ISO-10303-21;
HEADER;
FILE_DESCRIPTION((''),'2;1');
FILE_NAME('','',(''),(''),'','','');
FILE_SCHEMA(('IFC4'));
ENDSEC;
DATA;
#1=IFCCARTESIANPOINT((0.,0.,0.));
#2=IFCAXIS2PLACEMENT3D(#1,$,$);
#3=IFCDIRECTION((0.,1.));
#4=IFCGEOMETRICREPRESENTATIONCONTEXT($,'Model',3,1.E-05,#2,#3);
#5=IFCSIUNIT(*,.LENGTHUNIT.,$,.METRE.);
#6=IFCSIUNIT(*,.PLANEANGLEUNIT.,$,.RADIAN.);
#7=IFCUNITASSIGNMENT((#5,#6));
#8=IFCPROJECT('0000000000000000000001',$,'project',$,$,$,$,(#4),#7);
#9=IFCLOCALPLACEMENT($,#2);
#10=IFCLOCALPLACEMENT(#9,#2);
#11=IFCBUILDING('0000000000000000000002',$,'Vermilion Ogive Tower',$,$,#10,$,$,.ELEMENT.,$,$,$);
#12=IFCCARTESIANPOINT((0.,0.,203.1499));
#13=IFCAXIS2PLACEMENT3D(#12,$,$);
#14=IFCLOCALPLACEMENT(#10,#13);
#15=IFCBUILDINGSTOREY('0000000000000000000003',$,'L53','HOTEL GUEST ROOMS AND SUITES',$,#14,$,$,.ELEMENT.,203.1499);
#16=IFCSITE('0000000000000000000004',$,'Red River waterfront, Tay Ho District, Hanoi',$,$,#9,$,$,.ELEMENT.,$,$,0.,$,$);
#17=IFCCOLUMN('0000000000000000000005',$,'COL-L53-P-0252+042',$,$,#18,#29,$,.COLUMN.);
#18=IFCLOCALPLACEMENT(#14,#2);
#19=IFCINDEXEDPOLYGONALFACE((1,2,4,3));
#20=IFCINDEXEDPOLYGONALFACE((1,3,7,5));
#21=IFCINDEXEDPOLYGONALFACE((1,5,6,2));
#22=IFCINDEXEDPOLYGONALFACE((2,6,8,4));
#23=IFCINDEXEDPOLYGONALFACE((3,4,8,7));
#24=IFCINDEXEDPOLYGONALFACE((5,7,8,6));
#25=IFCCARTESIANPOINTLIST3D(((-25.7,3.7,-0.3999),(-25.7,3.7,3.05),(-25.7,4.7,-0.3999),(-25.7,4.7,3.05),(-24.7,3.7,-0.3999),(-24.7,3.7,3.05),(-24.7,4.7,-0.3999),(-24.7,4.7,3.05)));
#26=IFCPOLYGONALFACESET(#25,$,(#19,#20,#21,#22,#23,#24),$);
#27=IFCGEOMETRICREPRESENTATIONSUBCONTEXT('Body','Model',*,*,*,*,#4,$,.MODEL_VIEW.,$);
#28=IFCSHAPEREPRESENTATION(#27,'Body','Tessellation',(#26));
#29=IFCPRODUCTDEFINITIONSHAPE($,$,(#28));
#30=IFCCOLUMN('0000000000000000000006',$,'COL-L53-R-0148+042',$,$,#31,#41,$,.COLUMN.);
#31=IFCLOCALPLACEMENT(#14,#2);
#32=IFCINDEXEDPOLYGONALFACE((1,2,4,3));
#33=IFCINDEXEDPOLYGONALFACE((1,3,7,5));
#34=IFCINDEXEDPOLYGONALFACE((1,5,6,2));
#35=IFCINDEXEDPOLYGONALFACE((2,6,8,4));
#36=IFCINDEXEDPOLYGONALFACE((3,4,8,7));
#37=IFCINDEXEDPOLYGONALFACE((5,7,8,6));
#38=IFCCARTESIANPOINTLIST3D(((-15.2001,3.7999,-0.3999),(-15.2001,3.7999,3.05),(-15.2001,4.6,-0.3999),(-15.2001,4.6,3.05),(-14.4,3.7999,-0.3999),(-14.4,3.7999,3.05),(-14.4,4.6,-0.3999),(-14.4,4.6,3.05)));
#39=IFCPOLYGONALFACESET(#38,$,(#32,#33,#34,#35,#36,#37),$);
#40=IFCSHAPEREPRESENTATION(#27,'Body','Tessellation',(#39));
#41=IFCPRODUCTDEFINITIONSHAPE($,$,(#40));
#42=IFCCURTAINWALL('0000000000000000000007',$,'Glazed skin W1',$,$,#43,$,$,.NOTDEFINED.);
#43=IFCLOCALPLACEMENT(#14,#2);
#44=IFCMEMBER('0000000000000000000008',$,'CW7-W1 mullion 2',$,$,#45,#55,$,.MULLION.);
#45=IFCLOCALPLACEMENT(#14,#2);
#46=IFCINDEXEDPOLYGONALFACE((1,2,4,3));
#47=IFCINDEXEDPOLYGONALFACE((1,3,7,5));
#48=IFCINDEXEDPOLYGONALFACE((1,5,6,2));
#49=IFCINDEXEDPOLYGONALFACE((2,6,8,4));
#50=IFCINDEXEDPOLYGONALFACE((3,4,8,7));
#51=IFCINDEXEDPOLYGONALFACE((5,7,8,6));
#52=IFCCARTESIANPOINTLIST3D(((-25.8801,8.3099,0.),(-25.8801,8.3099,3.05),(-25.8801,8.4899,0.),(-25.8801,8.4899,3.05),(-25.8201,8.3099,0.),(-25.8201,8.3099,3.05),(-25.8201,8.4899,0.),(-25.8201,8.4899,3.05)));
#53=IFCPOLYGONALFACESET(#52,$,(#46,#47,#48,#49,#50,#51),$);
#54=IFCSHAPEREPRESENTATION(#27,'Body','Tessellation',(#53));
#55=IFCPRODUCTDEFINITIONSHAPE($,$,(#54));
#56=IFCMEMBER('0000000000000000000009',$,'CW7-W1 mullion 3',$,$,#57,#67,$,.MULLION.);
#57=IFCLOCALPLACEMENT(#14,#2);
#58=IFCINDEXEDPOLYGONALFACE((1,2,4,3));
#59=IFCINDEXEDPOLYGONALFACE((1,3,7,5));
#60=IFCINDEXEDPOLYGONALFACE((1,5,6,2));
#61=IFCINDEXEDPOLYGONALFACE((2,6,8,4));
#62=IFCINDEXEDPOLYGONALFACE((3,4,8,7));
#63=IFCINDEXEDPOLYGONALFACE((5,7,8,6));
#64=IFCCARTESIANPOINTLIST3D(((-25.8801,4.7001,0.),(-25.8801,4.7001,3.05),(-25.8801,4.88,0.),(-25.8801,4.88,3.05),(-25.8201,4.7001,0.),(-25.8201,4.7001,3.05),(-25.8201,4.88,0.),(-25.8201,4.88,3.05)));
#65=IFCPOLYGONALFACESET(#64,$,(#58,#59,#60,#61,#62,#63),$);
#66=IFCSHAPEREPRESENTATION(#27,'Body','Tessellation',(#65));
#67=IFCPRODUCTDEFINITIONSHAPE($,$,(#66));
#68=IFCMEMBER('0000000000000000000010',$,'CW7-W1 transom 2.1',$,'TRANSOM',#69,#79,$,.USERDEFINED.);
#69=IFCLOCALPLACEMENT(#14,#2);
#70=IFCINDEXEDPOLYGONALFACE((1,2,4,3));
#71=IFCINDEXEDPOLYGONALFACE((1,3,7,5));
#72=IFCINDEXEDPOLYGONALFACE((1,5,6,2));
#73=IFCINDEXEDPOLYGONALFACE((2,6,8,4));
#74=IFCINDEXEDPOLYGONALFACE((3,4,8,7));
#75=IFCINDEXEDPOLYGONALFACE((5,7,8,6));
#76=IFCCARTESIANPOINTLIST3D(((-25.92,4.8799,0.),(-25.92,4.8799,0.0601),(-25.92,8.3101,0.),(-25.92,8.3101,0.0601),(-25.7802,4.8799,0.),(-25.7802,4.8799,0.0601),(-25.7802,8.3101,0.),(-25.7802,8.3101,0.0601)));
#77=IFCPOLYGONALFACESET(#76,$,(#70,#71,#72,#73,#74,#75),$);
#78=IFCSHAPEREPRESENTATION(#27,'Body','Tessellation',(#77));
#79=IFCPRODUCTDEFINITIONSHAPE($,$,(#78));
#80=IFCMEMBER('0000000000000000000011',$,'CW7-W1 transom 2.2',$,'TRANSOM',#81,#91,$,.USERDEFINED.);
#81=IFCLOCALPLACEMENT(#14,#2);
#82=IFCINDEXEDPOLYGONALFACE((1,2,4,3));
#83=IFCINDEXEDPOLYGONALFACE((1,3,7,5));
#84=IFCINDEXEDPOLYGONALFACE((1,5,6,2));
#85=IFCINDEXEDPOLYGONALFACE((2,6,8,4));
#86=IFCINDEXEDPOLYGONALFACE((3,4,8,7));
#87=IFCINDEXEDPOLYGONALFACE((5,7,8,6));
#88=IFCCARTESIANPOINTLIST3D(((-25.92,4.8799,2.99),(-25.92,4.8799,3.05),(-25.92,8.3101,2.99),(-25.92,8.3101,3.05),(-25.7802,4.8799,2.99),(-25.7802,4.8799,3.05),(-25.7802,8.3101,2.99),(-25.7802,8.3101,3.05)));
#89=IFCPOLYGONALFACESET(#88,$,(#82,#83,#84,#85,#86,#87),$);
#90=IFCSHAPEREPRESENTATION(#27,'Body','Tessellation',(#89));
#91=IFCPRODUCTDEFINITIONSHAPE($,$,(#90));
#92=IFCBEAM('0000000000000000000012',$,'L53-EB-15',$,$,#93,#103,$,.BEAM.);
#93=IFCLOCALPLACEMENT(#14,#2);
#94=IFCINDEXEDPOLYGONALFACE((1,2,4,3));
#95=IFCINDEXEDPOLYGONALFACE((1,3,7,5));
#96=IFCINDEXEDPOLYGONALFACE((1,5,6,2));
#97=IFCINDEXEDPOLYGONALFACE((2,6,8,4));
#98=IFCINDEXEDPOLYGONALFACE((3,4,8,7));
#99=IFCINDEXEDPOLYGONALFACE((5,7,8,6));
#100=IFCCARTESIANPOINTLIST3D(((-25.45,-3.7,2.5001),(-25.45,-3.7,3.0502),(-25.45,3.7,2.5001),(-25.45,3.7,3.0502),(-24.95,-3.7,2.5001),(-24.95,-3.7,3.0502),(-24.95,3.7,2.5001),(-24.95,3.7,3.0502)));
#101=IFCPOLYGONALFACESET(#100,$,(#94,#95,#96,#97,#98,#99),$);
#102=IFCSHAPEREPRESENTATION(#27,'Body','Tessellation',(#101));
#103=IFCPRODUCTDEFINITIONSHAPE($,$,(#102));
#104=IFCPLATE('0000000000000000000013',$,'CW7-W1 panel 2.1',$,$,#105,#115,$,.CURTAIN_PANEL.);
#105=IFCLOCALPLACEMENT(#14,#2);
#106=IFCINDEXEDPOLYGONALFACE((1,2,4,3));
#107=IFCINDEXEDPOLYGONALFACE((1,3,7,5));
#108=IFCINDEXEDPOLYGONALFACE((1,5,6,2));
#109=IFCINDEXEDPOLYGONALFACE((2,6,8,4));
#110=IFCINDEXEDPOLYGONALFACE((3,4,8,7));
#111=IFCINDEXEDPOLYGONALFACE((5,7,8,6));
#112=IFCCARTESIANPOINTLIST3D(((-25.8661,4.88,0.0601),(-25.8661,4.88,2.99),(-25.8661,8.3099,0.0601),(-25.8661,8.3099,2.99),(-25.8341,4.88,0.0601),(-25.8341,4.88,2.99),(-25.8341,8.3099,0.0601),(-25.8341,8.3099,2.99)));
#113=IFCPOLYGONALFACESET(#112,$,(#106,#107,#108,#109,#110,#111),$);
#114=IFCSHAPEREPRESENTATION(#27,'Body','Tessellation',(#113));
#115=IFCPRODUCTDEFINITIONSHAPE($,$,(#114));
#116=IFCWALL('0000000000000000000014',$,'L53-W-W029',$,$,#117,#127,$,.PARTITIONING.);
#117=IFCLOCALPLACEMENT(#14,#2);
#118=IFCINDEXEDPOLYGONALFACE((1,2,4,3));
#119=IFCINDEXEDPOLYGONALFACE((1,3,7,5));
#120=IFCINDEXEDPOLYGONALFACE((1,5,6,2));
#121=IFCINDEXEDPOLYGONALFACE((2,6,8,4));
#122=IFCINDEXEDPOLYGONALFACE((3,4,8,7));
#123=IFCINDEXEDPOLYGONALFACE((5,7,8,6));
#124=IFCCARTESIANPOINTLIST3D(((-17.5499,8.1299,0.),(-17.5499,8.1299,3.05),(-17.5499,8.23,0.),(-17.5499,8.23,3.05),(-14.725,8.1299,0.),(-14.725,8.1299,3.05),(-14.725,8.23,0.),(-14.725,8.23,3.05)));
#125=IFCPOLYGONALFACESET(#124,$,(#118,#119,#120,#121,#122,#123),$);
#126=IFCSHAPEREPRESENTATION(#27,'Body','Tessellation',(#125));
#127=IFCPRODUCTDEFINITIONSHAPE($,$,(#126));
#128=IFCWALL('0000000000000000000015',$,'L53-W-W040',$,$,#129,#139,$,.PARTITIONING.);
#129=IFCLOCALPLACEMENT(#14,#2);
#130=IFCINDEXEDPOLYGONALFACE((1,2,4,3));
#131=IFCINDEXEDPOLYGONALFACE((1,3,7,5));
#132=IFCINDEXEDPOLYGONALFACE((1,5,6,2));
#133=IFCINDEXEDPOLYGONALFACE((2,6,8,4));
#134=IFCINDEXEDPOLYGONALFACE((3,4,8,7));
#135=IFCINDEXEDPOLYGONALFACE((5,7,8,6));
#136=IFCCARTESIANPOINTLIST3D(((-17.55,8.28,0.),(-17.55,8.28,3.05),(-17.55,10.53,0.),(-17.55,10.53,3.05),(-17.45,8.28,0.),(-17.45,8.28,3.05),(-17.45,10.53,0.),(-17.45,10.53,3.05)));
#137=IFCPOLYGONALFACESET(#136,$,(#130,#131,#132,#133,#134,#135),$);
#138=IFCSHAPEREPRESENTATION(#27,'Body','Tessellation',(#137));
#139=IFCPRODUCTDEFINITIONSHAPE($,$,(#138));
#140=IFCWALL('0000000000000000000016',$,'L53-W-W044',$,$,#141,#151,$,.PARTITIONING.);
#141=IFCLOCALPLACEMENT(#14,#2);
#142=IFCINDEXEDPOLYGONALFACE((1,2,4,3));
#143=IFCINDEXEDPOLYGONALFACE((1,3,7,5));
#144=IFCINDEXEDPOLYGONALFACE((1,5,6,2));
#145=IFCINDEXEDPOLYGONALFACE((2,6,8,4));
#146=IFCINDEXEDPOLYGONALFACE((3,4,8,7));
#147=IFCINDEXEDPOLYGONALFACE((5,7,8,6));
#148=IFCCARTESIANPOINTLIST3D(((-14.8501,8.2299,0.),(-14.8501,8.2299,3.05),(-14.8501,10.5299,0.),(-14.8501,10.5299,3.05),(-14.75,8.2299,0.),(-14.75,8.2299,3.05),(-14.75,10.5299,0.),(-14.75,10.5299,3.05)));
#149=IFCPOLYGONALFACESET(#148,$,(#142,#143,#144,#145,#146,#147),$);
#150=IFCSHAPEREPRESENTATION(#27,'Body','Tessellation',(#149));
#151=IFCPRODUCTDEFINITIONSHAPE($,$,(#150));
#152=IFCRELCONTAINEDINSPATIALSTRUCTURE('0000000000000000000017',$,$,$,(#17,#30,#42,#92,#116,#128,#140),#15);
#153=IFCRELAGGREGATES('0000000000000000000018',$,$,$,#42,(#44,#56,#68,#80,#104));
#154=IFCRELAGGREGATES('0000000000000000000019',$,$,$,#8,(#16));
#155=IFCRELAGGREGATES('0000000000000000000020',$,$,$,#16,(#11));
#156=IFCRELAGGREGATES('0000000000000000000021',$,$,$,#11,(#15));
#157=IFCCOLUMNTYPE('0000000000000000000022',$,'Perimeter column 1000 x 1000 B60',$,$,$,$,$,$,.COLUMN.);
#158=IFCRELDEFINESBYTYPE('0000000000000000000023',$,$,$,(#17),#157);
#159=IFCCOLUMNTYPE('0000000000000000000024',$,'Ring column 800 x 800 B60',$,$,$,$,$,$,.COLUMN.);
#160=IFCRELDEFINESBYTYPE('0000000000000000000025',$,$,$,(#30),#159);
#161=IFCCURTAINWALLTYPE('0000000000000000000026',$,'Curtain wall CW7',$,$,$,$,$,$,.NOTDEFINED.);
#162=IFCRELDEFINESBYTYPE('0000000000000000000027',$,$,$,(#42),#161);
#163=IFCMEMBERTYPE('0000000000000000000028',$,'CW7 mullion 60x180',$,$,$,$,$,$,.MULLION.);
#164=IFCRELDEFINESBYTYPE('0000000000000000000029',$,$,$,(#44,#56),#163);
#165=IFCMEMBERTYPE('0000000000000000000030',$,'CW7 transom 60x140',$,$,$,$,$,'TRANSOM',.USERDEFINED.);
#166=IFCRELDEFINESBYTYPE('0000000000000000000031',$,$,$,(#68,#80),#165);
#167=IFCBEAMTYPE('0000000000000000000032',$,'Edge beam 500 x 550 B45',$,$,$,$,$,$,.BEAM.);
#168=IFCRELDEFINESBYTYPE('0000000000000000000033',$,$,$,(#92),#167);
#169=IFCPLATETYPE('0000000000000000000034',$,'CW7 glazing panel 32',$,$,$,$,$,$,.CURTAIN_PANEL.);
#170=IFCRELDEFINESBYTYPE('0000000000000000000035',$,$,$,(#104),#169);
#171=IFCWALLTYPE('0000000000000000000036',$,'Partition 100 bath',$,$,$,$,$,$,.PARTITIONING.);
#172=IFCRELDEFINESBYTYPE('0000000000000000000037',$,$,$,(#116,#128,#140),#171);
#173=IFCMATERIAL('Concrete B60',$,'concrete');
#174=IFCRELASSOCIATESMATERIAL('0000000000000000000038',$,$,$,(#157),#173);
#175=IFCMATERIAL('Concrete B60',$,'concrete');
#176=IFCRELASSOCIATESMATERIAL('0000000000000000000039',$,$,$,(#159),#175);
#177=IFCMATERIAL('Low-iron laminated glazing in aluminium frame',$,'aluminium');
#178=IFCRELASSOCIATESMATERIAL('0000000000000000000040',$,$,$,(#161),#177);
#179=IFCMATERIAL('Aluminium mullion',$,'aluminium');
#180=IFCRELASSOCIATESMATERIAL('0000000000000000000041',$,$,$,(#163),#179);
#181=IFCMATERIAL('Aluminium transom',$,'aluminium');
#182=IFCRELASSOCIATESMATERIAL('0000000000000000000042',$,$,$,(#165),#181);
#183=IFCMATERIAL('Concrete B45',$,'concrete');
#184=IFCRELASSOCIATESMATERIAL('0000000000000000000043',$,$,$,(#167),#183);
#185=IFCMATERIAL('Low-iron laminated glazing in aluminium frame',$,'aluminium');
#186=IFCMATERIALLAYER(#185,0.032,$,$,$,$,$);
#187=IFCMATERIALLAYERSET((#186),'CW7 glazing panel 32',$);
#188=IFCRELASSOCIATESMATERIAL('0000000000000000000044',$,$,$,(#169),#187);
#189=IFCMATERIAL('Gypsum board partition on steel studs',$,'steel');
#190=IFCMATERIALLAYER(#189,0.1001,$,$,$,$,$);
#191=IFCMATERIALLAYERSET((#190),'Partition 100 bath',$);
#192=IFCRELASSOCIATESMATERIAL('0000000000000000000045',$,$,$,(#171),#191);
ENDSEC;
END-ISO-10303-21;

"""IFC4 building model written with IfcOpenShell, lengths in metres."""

from ifc_helpers import new_model, si_unit, direction, frame, frame_2d, origin, origin_2d, place, context, subcontext, project, spatial, rectangle, extrude, material, layer, layer_set, material_profile, profile_set, type_object, element, aggregate, save


model = new_model("IFC4")

# Units and contexts
model_context = context("Model", 3, precision=1e-05, world=origin(), true_north=direction((0.0, 1.0)))
body_context = subcontext(model_context, "Body", "Model", "MODEL_VIEW")
ifc_project = project(units=[si_unit("LENGTHUNIT", "METRE"), si_unit("PLANEANGLEUNIT", "RADIAN")], contexts=[model_context])

# Site, building, storey
site_placement = place(None, origin())
site = spatial("IfcSite", under=ifc_project, at=site_placement, Name="Red River waterfront, Tay Ho District, Hanoi", CompositionType="ELEMENT", RefElevation=0.0)
building_placement = place(site_placement, origin())
building = spatial("IfcBuilding", under=site, at=building_placement, Name="Vermilion Ogive Tower", CompositionType="ELEMENT")
storey_placement = place(building_placement, frame((0.0, 0.0, 203.1499)))
storey = spatial("IfcBuildingStorey", under=building, at=storey_placement, Name="L53", Description="HOTEL GUEST ROOMS AND SUITES", CompositionType="ELEMENT", Elevation=203.1499)

# Columns
ifc_material_1 = material(Name="Concrete B60", Category="concrete")
ifc_material_profile_1 = material_profile(ifc_material_1, rectangle(XDim=1.0, YDim=1.0, at=origin_2d()), Name="1000 x 1000")
ifc_profile_set_1 = profile_set([ifc_material_profile_1], Name="Concrete B60")
column_type_1 = type_object("IfcColumnType", Name="Perimeter column 1000 x 1000 B60", PredefinedType="COLUMN", material=ifc_profile_set_1)
column_1_placement = place(storey_placement, frame((-25.2, 4.2, -0.3999), z_axis=(0.0, 0.0, 1.0), x_axis=(1.0, 0.0, 0.0)))
element("IfcColumn", 1, at=column_1_placement, inside=storey, type_object=column_type_1, Name="COL-L53-P-0252+042", PredefinedType="COLUMN", context=body_context, shape_type="SweptSolid", body=[
    extrude(rectangle(XDim=1.0, YDim=1.0, at=origin_2d()), origin(), (0.0, 0.0, 1.0), 3.45),
])
ifc_material_2 = material(Name="Concrete B60", Category="concrete")
ifc_material_profile_2 = material_profile(ifc_material_2, rectangle(XDim=0.8, YDim=0.8, at=origin_2d()), Name="800 x 800")
ifc_profile_set_2 = profile_set([ifc_material_profile_2], Name="Concrete B60")
column_type_2 = type_object("IfcColumnType", Name="Ring column 800 x 800 B60", PredefinedType="COLUMN", material=ifc_profile_set_2)
column_2_placement = place(storey_placement, frame((-14.8, 4.2, -0.3999), z_axis=(0.0, 0.0, 1.0), x_axis=(1.0, 0.0, 0.0)))
element("IfcColumn", 2, at=column_2_placement, inside=storey, type_object=column_type_2, Name="COL-L53-R-0148+042", PredefinedType="COLUMN", context=body_context, shape_type="SweptSolid", body=[
    extrude(rectangle(XDim=0.8, YDim=0.8, at=origin_2d()), origin(), (0.0, 0.0, 1.0), 3.45),
])

# Curtain wall, members
ifc_material_3 = material(Name="Low-iron laminated glazing in aluminium frame", Category="aluminium")
curtain_wall_type = type_object("IfcCurtainWallType", Name="Curtain wall CW7", PredefinedType="NOTDEFINED", material=ifc_material_3)
curtain_wall_placement = place(storey_placement, origin())
curtain_wall = element("IfcCurtainWall", 3, at=curtain_wall_placement, inside=storey, type_object=curtain_wall_type, Name="Glazed skin W1", PredefinedType="NOTDEFINED")
ifc_material_4 = material(Name="Aluminium mullion", Category="aluminium")
ifc_material_profile_3 = material_profile(ifc_material_4, rectangle(XDim=0.0601, YDim=0.1799, at=origin_2d()), Name="AL 60x180")
ifc_profile_set_3 = profile_set([ifc_material_profile_3], Name="Aluminium mullion")
member_type_1 = type_object("IfcMemberType", Name="CW7 mullion 60x180", PredefinedType="MULLION", material=ifc_profile_set_3)
member_1_placement = place(storey_placement, frame((-25.8501, 8.3999, 0.0), z_axis=(0.0, 0.0, 1.0), x_axis=(1.0, 0.0, 0.0)))
member_1 = element("IfcMember", 4, at=member_1_placement, type_object=member_type_1, Name="CW7-W1 mullion 2", PredefinedType="MULLION", context=body_context, shape_type="SweptSolid", body=[
    extrude(rectangle(XDim=0.0601, YDim=0.1799, at=origin_2d()), origin(), (0.0, 0.0, 1.0), 3.05),
])
member_2_placement = place(storey_placement, frame((-25.8501, 4.79, 0.0), z_axis=(0.0, 0.0, 1.0), x_axis=(1.0, 0.0, 0.0)))
member_2 = element("IfcMember", 5, at=member_2_placement, type_object=member_type_1, Name="CW7-W1 mullion 3", PredefinedType="MULLION", context=body_context, shape_type="SweptSolid", body=[
    extrude(rectangle(XDim=0.0601, YDim=0.1799, at=origin_2d()), origin(), (0.0, 0.0, 1.0), 3.05),
])
ifc_material_5 = material(Name="Aluminium transom", Category="aluminium")
ifc_material_profile_4 = material_profile(ifc_material_5, rectangle(XDim=0.1399, YDim=0.0601, at=origin_2d()), Name="AL 60x140")
ifc_profile_set_4 = profile_set([ifc_material_profile_4], Name="Aluminium transom")
member_type_2 = type_object("IfcMemberType", Name="CW7 transom 60x140", ElementType="TRANSOM", PredefinedType="USERDEFINED", material=ifc_profile_set_4)
member_3_placement = place(storey_placement, frame((-25.8501, 8.3101, 0.03), z_axis=(0.0, -1.0, 0.0), x_axis=(1.0, 0.0, 0.0)))
member_3 = element("IfcMember", 6, at=member_3_placement, type_object=member_type_2, Name="CW7-W1 transom 2.1", ObjectType="TRANSOM", PredefinedType="USERDEFINED", context=body_context, shape_type="SweptSolid", body=[
    extrude(rectangle(XDim=0.1399, YDim=0.0601, at=origin_2d()), origin(), (0.0, 0.0, 1.0), 3.4302),
])
member_4_placement = place(storey_placement, frame((-25.8501, 8.3101, 3.02), z_axis=(0.0, -1.0, 0.0), x_axis=(1.0, 0.0, 0.0)))
member_4 = element("IfcMember", 7, at=member_4_placement, type_object=member_type_2, Name="CW7-W1 transom 2.2", ObjectType="TRANSOM", PredefinedType="USERDEFINED", context=body_context, shape_type="SweptSolid", body=[
    extrude(rectangle(XDim=0.1399, YDim=0.0601, at=origin_2d()), origin(), (0.0, 0.0, 1.0), 3.4302),
])

# Beam
ifc_material_6 = material(Name="Concrete B45", Category="concrete")
ifc_material_profile_5 = material_profile(ifc_material_6, rectangle(XDim=0.5, YDim=0.55, at=origin_2d()), Name="500 x 550")
ifc_profile_set_5 = profile_set([ifc_material_profile_5], Name="Concrete B45")
beam_type = type_object("IfcBeamType", Name="Edge beam 500 x 550 B45", PredefinedType="BEAM", material=ifc_profile_set_5)
beam_placement = place(storey_placement, frame((-25.2, 3.7, 2.7751), z_axis=(0.0, -1.0, 0.0), x_axis=(1.0, 0.0, 0.0)))
element("IfcBeam", 8, at=beam_placement, inside=storey, type_object=beam_type, Name="L53-EB-15", PredefinedType="BEAM", context=body_context, shape_type="SweptSolid", body=[
    extrude(rectangle(XDim=0.5, YDim=0.55, at=origin_2d()), origin(), (0.0, 0.0, 1.0), 7.3999),
])

# Plate
ifc_material_7 = material(Name="Low-iron laminated glazing in aluminium frame", Category="aluminium")
ifc_layer_1 = layer(ifc_material_7, 0.032)
ifc_layer_set_1 = layer_set([ifc_layer_1], Name="CW7 glazing panel 32")
plate_type = type_object("IfcPlateType", Name="CW7 glazing panel 32", PredefinedType="CURTAIN_PANEL", material=ifc_layer_set_1)
plate_placement = place(storey_placement, frame((-25.8501, 6.595, 0.0601), z_axis=(0.0, 0.0, 1.0), x_axis=(0.0, -1.0, 0.0)))
plate = element("IfcPlate", 9, at=plate_placement, type_object=plate_type, Name="CW7-W1 panel 2.1", PredefinedType="CURTAIN_PANEL", context=body_context, shape_type="SweptSolid", body=[
    extrude(rectangle(XDim=3.4299, YDim=0.032, at=origin_2d()), origin(), (0.0, 0.0, 1.0), 2.9299),
])
aggregate(curtain_wall, [member_1, member_2, member_3, member_4, plate])

# Walls
ifc_material_8 = material(Name="Gypsum board partition on steel studs", Category="steel")
ifc_layer_2 = layer(ifc_material_8, 0.1001)
ifc_layer_set_2 = layer_set([ifc_layer_2], Name="Partition 100 bath")
wall_type_1 = type_object("IfcWallType", Name="Partition 100 bath", PredefinedType="PARTITIONING", material=ifc_layer_set_2)
wall_1_placement = place(storey_placement, frame((-17.55, 8.1799, 0.0), z_axis=(0.0, 0.0, 1.0), x_axis=(1.0, 0.0, 0.0)))
element("IfcWall", 10, at=wall_1_placement, inside=storey, type_object=wall_type_1, Name="L53-W-W029", PredefinedType="PARTITIONING", context=body_context, shape_type="SweptSolid", body=[
    extrude(rectangle(XDim=2.825, YDim=0.1001, at=frame_2d((1.4126, 0.0))), origin(), (0.0, 0.0, 1.0), 3.05),
])
wall_2_placement = place(storey_placement, frame((-17.5, 8.28, 0.0), z_axis=(0.0, 0.0, 1.0), x_axis=(0.0, 1.0, 0.0)))
element("IfcWall", 11, at=wall_2_placement, inside=storey, type_object=wall_type_1, Name="L53-W-W040", PredefinedType="PARTITIONING", context=body_context, shape_type="SweptSolid", body=[
    extrude(rectangle(XDim=2.25, YDim=0.1001, at=frame_2d((1.125, 0.0))), origin(), (0.0, 0.0, 1.0), 3.05),
])
wall_3_placement = place(storey_placement, frame((-14.8, 8.23, 0.0), z_axis=(0.0, 0.0, 1.0), x_axis=(0.0, 1.0, 0.0)))
element("IfcWall", 12, at=wall_3_placement, inside=storey, type_object=wall_type_1, Name="L53-W-W044", PredefinedType="PARTITIONING", context=body_context, shape_type="SweptSolid", body=[
    extrude(rectangle(XDim=2.3, YDim=0.1001, at=frame_2d((1.1499, 0.0))), origin(), (0.0, 0.0, 1.0), 3.05),
])

save(model, "model.ifc")
